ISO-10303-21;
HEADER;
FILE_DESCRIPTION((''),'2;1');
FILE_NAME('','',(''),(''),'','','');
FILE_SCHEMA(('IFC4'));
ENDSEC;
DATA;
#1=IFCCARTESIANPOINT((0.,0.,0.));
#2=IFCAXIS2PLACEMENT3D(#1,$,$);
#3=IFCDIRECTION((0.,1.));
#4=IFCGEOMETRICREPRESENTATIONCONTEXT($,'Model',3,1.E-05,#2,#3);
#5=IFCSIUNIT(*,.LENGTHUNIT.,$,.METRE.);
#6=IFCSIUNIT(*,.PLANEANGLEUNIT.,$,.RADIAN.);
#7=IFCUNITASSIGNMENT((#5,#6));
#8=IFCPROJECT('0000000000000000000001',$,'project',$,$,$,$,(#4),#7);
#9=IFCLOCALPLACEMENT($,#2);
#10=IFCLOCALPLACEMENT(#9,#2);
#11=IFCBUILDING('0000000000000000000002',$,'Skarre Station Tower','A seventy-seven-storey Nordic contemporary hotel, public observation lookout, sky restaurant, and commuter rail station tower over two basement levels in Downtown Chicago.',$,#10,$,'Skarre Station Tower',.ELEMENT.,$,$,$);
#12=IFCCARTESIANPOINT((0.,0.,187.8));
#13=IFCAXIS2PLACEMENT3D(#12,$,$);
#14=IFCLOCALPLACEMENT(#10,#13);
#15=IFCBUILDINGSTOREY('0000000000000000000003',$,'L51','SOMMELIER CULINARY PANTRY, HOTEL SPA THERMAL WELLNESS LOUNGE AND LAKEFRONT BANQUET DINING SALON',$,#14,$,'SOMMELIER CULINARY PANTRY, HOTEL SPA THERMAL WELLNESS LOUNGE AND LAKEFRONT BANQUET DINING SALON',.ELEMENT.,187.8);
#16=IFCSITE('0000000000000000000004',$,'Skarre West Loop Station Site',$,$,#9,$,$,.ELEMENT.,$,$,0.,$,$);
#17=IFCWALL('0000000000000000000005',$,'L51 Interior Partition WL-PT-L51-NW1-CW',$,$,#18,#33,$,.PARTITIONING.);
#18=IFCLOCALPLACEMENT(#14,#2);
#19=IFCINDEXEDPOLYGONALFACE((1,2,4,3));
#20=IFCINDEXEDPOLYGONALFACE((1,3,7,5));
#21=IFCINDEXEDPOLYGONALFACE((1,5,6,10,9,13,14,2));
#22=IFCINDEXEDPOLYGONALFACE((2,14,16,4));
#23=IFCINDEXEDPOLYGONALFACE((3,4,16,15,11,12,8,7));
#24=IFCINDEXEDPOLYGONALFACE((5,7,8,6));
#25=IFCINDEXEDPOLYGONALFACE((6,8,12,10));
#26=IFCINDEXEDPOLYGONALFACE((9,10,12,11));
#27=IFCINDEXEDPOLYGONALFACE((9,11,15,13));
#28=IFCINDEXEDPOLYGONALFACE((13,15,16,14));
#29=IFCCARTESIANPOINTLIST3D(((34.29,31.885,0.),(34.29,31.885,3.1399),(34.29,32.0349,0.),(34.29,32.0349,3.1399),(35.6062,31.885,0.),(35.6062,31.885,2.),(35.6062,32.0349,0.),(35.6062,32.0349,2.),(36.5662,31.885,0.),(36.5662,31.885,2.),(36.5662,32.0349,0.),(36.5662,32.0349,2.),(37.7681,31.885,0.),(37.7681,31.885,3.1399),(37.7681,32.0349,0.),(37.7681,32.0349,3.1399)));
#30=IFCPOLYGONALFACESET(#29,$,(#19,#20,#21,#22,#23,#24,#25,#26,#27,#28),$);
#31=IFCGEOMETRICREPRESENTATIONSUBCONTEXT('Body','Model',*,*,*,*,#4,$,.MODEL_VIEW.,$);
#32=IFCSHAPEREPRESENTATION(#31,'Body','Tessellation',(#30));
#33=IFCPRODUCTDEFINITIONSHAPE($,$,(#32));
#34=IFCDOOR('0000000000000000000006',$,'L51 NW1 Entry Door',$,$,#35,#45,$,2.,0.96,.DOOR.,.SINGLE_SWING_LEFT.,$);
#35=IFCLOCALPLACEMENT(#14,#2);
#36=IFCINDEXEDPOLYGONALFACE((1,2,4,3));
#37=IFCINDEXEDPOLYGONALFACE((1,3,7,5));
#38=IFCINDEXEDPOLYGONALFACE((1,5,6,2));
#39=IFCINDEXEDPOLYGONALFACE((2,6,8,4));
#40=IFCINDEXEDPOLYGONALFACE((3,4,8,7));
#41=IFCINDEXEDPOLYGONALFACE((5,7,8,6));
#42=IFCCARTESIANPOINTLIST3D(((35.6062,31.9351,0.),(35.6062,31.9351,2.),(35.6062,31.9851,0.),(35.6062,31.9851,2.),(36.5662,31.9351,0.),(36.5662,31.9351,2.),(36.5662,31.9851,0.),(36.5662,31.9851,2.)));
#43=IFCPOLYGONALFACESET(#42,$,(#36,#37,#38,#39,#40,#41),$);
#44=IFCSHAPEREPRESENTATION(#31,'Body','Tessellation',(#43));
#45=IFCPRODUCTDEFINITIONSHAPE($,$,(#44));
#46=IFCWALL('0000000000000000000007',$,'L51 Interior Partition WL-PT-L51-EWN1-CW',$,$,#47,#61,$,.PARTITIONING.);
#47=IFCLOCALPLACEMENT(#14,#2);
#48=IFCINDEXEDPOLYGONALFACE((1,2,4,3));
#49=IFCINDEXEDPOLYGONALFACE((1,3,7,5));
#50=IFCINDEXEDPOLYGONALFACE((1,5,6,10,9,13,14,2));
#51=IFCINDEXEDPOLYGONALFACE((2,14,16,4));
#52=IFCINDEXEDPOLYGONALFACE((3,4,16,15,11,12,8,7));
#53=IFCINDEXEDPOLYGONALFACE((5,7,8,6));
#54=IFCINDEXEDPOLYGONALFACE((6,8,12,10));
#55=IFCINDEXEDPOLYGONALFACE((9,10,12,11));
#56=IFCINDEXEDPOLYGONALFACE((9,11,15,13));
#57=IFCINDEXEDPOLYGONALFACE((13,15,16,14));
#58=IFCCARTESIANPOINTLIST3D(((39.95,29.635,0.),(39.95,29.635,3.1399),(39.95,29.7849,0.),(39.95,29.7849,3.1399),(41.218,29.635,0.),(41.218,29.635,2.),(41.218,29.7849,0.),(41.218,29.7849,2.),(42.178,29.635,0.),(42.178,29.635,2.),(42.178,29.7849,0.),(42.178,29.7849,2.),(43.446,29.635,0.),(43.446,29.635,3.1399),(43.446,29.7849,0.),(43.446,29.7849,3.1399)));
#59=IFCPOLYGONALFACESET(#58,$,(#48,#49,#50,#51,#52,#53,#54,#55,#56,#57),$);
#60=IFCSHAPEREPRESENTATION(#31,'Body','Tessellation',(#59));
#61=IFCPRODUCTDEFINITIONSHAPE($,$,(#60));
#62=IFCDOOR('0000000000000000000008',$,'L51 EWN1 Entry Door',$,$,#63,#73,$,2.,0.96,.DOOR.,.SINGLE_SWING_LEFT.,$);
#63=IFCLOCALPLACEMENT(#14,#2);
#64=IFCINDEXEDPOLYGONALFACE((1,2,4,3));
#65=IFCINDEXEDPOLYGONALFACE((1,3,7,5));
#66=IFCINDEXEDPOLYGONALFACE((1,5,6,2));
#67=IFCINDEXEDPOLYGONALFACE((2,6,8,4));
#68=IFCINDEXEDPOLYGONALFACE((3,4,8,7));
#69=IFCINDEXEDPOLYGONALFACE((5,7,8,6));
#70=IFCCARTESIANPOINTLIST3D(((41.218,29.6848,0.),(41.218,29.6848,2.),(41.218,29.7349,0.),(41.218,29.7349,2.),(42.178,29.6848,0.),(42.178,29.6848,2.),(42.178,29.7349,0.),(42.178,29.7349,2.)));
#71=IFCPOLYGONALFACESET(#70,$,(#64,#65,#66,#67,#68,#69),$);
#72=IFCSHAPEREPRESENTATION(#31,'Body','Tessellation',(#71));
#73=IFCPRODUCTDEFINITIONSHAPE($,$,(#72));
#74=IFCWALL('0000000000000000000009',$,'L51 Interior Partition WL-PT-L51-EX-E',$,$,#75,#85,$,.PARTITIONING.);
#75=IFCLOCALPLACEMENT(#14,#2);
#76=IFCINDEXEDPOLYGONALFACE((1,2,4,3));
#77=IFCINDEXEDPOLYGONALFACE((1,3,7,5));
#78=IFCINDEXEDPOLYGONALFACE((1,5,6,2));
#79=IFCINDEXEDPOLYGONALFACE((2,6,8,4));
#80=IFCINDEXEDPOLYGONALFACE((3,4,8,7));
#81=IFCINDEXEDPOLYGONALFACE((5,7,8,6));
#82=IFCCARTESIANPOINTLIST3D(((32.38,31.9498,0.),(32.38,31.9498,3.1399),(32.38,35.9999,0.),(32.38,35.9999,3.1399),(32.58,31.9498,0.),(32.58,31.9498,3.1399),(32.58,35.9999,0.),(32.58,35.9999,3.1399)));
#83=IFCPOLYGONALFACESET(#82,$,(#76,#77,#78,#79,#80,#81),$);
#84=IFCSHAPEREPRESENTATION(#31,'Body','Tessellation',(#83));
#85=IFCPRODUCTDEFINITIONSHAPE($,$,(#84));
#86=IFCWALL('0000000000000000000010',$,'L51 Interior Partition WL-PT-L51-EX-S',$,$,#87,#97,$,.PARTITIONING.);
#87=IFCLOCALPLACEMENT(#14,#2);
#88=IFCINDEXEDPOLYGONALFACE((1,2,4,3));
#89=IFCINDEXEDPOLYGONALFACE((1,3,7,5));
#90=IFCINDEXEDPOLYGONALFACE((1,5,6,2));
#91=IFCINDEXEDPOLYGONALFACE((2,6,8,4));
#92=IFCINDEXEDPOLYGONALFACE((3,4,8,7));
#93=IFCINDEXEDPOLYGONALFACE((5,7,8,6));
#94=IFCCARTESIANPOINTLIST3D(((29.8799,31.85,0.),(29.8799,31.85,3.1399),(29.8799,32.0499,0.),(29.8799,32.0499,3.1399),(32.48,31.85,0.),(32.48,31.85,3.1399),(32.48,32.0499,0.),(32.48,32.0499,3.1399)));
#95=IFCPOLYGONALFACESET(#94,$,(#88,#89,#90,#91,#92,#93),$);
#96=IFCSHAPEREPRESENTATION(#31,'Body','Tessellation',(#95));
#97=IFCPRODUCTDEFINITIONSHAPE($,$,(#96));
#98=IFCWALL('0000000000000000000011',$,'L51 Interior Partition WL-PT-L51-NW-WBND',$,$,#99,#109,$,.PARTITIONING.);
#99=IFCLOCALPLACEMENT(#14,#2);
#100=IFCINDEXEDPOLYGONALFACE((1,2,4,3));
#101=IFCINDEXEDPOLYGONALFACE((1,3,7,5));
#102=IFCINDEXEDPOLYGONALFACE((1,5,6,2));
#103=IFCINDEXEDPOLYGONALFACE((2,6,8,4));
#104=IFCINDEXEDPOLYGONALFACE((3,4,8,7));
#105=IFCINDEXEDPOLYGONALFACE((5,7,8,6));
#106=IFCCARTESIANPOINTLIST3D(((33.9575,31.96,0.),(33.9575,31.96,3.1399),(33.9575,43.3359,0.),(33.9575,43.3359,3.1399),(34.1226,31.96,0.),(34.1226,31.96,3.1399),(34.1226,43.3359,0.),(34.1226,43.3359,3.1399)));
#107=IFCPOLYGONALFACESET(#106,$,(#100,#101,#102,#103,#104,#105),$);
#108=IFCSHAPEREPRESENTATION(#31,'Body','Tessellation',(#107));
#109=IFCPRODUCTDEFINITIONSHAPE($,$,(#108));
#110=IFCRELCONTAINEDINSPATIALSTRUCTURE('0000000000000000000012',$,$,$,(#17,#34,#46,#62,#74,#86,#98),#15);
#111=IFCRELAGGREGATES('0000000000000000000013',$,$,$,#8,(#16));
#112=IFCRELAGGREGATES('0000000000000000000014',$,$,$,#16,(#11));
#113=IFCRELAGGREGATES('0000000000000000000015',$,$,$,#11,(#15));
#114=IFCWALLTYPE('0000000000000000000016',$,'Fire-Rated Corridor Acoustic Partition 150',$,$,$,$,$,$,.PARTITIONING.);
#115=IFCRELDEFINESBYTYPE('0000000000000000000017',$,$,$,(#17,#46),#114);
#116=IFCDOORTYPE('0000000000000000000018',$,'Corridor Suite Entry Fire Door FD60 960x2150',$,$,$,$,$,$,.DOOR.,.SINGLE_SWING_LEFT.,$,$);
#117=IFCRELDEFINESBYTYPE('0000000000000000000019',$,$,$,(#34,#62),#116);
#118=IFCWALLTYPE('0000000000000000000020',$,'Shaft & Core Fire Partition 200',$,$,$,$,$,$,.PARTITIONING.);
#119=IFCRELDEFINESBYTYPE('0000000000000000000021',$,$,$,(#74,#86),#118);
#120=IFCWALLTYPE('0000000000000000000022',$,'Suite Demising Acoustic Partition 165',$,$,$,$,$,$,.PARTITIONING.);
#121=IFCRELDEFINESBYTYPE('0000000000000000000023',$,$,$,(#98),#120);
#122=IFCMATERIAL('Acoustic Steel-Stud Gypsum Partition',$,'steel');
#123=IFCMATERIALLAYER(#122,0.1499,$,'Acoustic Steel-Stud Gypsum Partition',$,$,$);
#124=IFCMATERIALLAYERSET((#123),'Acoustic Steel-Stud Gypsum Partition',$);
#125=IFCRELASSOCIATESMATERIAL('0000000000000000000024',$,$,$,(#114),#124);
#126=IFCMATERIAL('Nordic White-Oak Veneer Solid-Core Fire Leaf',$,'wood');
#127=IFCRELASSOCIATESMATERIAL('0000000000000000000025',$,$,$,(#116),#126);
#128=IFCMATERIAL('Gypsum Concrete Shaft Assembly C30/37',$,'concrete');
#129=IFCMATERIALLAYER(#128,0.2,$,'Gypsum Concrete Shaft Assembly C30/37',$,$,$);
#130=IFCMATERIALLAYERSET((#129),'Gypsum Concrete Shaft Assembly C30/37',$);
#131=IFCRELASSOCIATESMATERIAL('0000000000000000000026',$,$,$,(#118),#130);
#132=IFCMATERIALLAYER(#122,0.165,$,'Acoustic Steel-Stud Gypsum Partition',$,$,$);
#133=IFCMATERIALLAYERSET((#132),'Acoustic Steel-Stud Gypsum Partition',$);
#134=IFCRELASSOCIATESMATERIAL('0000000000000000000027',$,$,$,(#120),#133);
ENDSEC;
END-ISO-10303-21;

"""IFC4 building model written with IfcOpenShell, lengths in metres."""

from ifc_helpers import new_model, si_unit, direction, frame, frame_2d, origin, place, context, subcontext, project, spatial, rectangle, extrude, material, layer, layer_set, type_object, element, fill, save


model = new_model("IFC4")

# Units and contexts
model_context = context("Model", 3, precision=1e-05, world=origin(), true_north=direction((0.0, 1.0)))
body_context = subcontext(model_context, "Body", "Model", "MODEL_VIEW")
ifc_project = project(units=[si_unit("LENGTHUNIT", "METRE"), si_unit("PLANEANGLEUNIT", "RADIAN")], contexts=[model_context])

# Site, building, storey
site_placement = place(None, origin())
site = spatial("IfcSite", under=ifc_project, at=site_placement, Name="Skarre West Loop Station Site", CompositionType="ELEMENT", RefElevation=0.0)
building_placement = place(site_placement, origin())
building = spatial("IfcBuilding", under=site, at=building_placement, Name="Skarre Station Tower", Description="A seventy-seven-storey Nordic contemporary hotel, public observation lookout, sky restaurant, and commuter rail station tower over two basement levels in Downtown Chicago.", LongName="Skarre Station Tower", CompositionType="ELEMENT")
storey_placement = place(building_placement, frame((0.0, 0.0, 187.8)))
storey = spatial("IfcBuildingStorey", under=building, at=storey_placement, Name="L51", Description="SOMMELIER CULINARY PANTRY, HOTEL SPA THERMAL WELLNESS LOUNGE AND LAKEFRONT BANQUET DINING SALON", LongName="SOMMELIER CULINARY PANTRY, HOTEL SPA THERMAL WELLNESS LOUNGE AND LAKEFRONT BANQUET DINING SALON", CompositionType="ELEMENT", Elevation=187.8)

# Shared definitions
ifc_material_1 = material(Name="Acoustic Steel-Stud Gypsum Partition", Category="steel")
ifc_layer_1 = layer(ifc_material_1, 0.1499, Name="Acoustic Steel-Stud Gypsum Partition")
ifc_layer_set_1 = layer_set([ifc_layer_1], Name="Acoustic Steel-Stud Gypsum Partition")
wall_type_1 = type_object("IfcWallType", Name="Fire-Rated Corridor Acoustic Partition 150", PredefinedType="PARTITIONING", material=ifc_layer_set_1)

# Walls, openings, doors
wall_1_placement = place(storey_placement, frame((37.7681, 31.96, 0.0), z_axis=(0.0, 0.0, 1.0), x_axis=(-1.0, 0.0, 0.0)))
wall_1 = element("IfcWall", 1, at=wall_1_placement, inside=storey, type_object=wall_type_1, Name="L51 Interior Partition WL-PT-L51-NW1-CW", PredefinedType="PARTITIONING", context=body_context, shape_type="SweptSolid", body=[
    extrude(rectangle(XDim=3.478, YDim=0.1499, at=frame_2d((1.739, 0.0))), origin(), (0.0, 0.0, 1.0), 3.1399),
])
opening_1_placement = place(wall_1_placement, frame((1.2019, 0.0, 0.0)))
opening_1 = element("IfcOpeningElement", 2, at=opening_1_placement, cuts=wall_1, PredefinedType="OPENING", context=body_context, shape_type="SweptSolid", body=[
    extrude(rectangle(XDim=0.96, YDim=2.0, at=frame_2d((0.48, 1.0))), frame((0.0, 0.085, 0.0), z_axis=(0.0, -1.0, 0.0), x_axis=(1.0, 0.0, 0.0)), (0.0, 0.0, 1.0), 0.1699),
])
ifc_material_2 = material(Name="Nordic White-Oak Veneer Solid-Core Fire Leaf", Category="wood")
door_type = type_object("IfcDoorType", Name="Corridor Suite Entry Fire Door FD60 960x2150", OperationType="SINGLE_SWING_LEFT", PredefinedType="DOOR", material=ifc_material_2)
door_1_placement = place(opening_1_placement, origin())
door_1 = element("IfcDoor", 3, at=door_1_placement, inside=storey, type_object=door_type, Name="L51 NW1 Entry Door", OperationType="SINGLE_SWING_LEFT", OverallHeight=2.0, OverallWidth=0.96, PredefinedType="DOOR", context=body_context, shape_type="SweptSolid", body=[
    extrude(rectangle(XDim=0.96, YDim=2.0, at=frame_2d((0.48, 1.0))), frame((0.0, 0.0249, 0.0), z_axis=(0.0, -1.0, 0.0), x_axis=(1.0, 0.0, 0.0)), (0.0, 0.0, 1.0), 0.05),
])
fill(opening_1, door_1)
wall_2_placement = place(storey_placement, frame((39.95, 29.71, 0.0), z_axis=(0.0, 0.0, 1.0), x_axis=(1.0, 0.0, 0.0)))
wall_2 = element("IfcWall", 4, at=wall_2_placement, inside=storey, type_object=wall_type_1, Name="L51 Interior Partition WL-PT-L51-EWN1-CW", PredefinedType="PARTITIONING", context=body_context, shape_type="SweptSolid", body=[
    extrude(rectangle(XDim=3.4961, YDim=0.1499, at=frame_2d((1.748, 0.0))), origin(), (0.0, 0.0, 1.0), 3.1399),
])
opening_2_placement = place(wall_2_placement, frame((1.2681, 0.0, 0.0)))
opening_2 = element("IfcOpeningElement", 5, at=opening_2_placement, cuts=wall_2, PredefinedType="OPENING", context=body_context, shape_type="SweptSolid", body=[
    extrude(rectangle(XDim=0.96, YDim=2.0, at=frame_2d((0.48, 1.0))), frame((0.0, 0.085, 0.0), z_axis=(0.0, -1.0, 0.0), x_axis=(1.0, 0.0, 0.0)), (0.0, 0.0, 1.0), 0.1699),
])
door_2_placement = place(opening_2_placement, origin())
door_2 = element("IfcDoor", 6, at=door_2_placement, inside=storey, type_object=door_type, Name="L51 EWN1 Entry Door", OperationType="SINGLE_SWING_LEFT", OverallHeight=2.0, OverallWidth=0.96, PredefinedType="DOOR", context=body_context, shape_type="SweptSolid", body=[
    extrude(rectangle(XDim=0.96, YDim=2.0, at=frame_2d((0.48, 1.0))), frame((0.0, 0.0249, 0.0), z_axis=(0.0, -1.0, 0.0), x_axis=(1.0, 0.0, 0.0)), (0.0, 0.0, 1.0), 0.05),
])
fill(opening_2, door_2)

# Walls
ifc_material_3 = material(Name="Gypsum Concrete Shaft Assembly C30/37", Category="concrete")
ifc_layer_2 = layer(ifc_material_3, 0.2, Name="Gypsum Concrete Shaft Assembly C30/37")
ifc_layer_set_2 = layer_set([ifc_layer_2], Name="Gypsum Concrete Shaft Assembly C30/37")
wall_type_2 = type_object("IfcWallType", Name="Shaft & Core Fire Partition 200", PredefinedType="PARTITIONING", material=ifc_layer_set_2)
wall_3_placement = place(storey_placement, frame((32.48, 31.95, 0.0), z_axis=(0.0, 0.0, 1.0), x_axis=(0.0, 1.0, 0.0)))
element("IfcWall", 7, at=wall_3_placement, inside=storey, type_object=wall_type_2, Name="L51 Interior Partition WL-PT-L51-EX-E", PredefinedType="PARTITIONING", context=body_context, shape_type="SweptSolid", body=[
    extrude(rectangle(XDim=4.05, YDim=0.2, at=frame_2d((2.0249, 0.0))), origin(), (0.0, 0.0, 1.0), 3.1399),
])
wall_4_placement = place(storey_placement, frame((32.48, 31.95, 0.0), z_axis=(0.0, 0.0, 1.0), x_axis=(-1.0, 0.0, 0.0)))
element("IfcWall", 8, at=wall_4_placement, inside=storey, type_object=wall_type_2, Name="L51 Interior Partition WL-PT-L51-EX-S", PredefinedType="PARTITIONING", context=body_context, shape_type="SweptSolid", body=[
    extrude(rectangle(XDim=2.6001, YDim=0.2, at=frame_2d((1.3, 0.0))), origin(), (0.0, 0.0, 1.0), 3.1399),
])
ifc_layer_3 = layer(ifc_material_1, 0.165, Name="Acoustic Steel-Stud Gypsum Partition")
ifc_layer_set_3 = layer_set([ifc_layer_3], Name="Acoustic Steel-Stud Gypsum Partition")
wall_type_3 = type_object("IfcWallType", Name="Suite Demising Acoustic Partition 165", PredefinedType="PARTITIONING", material=ifc_layer_set_3)
wall_5_placement = place(storey_placement, frame((34.04, 31.96, 0.0), z_axis=(0.0, 0.0, 1.0), x_axis=(0.0, 1.0, 0.0)))
element("IfcWall", 9, at=wall_5_placement, inside=storey, type_object=wall_type_3, Name="L51 Interior Partition WL-PT-L51-NW-WBND", PredefinedType="PARTITIONING", context=body_context, shape_type="SweptSolid", body=[
    extrude(rectangle(XDim=11.376, YDim=0.165, at=frame_2d((5.688, 0.0))), origin(), (0.0, 0.0, 1.0), 3.1399),
])

save(model, "model.ifc")
